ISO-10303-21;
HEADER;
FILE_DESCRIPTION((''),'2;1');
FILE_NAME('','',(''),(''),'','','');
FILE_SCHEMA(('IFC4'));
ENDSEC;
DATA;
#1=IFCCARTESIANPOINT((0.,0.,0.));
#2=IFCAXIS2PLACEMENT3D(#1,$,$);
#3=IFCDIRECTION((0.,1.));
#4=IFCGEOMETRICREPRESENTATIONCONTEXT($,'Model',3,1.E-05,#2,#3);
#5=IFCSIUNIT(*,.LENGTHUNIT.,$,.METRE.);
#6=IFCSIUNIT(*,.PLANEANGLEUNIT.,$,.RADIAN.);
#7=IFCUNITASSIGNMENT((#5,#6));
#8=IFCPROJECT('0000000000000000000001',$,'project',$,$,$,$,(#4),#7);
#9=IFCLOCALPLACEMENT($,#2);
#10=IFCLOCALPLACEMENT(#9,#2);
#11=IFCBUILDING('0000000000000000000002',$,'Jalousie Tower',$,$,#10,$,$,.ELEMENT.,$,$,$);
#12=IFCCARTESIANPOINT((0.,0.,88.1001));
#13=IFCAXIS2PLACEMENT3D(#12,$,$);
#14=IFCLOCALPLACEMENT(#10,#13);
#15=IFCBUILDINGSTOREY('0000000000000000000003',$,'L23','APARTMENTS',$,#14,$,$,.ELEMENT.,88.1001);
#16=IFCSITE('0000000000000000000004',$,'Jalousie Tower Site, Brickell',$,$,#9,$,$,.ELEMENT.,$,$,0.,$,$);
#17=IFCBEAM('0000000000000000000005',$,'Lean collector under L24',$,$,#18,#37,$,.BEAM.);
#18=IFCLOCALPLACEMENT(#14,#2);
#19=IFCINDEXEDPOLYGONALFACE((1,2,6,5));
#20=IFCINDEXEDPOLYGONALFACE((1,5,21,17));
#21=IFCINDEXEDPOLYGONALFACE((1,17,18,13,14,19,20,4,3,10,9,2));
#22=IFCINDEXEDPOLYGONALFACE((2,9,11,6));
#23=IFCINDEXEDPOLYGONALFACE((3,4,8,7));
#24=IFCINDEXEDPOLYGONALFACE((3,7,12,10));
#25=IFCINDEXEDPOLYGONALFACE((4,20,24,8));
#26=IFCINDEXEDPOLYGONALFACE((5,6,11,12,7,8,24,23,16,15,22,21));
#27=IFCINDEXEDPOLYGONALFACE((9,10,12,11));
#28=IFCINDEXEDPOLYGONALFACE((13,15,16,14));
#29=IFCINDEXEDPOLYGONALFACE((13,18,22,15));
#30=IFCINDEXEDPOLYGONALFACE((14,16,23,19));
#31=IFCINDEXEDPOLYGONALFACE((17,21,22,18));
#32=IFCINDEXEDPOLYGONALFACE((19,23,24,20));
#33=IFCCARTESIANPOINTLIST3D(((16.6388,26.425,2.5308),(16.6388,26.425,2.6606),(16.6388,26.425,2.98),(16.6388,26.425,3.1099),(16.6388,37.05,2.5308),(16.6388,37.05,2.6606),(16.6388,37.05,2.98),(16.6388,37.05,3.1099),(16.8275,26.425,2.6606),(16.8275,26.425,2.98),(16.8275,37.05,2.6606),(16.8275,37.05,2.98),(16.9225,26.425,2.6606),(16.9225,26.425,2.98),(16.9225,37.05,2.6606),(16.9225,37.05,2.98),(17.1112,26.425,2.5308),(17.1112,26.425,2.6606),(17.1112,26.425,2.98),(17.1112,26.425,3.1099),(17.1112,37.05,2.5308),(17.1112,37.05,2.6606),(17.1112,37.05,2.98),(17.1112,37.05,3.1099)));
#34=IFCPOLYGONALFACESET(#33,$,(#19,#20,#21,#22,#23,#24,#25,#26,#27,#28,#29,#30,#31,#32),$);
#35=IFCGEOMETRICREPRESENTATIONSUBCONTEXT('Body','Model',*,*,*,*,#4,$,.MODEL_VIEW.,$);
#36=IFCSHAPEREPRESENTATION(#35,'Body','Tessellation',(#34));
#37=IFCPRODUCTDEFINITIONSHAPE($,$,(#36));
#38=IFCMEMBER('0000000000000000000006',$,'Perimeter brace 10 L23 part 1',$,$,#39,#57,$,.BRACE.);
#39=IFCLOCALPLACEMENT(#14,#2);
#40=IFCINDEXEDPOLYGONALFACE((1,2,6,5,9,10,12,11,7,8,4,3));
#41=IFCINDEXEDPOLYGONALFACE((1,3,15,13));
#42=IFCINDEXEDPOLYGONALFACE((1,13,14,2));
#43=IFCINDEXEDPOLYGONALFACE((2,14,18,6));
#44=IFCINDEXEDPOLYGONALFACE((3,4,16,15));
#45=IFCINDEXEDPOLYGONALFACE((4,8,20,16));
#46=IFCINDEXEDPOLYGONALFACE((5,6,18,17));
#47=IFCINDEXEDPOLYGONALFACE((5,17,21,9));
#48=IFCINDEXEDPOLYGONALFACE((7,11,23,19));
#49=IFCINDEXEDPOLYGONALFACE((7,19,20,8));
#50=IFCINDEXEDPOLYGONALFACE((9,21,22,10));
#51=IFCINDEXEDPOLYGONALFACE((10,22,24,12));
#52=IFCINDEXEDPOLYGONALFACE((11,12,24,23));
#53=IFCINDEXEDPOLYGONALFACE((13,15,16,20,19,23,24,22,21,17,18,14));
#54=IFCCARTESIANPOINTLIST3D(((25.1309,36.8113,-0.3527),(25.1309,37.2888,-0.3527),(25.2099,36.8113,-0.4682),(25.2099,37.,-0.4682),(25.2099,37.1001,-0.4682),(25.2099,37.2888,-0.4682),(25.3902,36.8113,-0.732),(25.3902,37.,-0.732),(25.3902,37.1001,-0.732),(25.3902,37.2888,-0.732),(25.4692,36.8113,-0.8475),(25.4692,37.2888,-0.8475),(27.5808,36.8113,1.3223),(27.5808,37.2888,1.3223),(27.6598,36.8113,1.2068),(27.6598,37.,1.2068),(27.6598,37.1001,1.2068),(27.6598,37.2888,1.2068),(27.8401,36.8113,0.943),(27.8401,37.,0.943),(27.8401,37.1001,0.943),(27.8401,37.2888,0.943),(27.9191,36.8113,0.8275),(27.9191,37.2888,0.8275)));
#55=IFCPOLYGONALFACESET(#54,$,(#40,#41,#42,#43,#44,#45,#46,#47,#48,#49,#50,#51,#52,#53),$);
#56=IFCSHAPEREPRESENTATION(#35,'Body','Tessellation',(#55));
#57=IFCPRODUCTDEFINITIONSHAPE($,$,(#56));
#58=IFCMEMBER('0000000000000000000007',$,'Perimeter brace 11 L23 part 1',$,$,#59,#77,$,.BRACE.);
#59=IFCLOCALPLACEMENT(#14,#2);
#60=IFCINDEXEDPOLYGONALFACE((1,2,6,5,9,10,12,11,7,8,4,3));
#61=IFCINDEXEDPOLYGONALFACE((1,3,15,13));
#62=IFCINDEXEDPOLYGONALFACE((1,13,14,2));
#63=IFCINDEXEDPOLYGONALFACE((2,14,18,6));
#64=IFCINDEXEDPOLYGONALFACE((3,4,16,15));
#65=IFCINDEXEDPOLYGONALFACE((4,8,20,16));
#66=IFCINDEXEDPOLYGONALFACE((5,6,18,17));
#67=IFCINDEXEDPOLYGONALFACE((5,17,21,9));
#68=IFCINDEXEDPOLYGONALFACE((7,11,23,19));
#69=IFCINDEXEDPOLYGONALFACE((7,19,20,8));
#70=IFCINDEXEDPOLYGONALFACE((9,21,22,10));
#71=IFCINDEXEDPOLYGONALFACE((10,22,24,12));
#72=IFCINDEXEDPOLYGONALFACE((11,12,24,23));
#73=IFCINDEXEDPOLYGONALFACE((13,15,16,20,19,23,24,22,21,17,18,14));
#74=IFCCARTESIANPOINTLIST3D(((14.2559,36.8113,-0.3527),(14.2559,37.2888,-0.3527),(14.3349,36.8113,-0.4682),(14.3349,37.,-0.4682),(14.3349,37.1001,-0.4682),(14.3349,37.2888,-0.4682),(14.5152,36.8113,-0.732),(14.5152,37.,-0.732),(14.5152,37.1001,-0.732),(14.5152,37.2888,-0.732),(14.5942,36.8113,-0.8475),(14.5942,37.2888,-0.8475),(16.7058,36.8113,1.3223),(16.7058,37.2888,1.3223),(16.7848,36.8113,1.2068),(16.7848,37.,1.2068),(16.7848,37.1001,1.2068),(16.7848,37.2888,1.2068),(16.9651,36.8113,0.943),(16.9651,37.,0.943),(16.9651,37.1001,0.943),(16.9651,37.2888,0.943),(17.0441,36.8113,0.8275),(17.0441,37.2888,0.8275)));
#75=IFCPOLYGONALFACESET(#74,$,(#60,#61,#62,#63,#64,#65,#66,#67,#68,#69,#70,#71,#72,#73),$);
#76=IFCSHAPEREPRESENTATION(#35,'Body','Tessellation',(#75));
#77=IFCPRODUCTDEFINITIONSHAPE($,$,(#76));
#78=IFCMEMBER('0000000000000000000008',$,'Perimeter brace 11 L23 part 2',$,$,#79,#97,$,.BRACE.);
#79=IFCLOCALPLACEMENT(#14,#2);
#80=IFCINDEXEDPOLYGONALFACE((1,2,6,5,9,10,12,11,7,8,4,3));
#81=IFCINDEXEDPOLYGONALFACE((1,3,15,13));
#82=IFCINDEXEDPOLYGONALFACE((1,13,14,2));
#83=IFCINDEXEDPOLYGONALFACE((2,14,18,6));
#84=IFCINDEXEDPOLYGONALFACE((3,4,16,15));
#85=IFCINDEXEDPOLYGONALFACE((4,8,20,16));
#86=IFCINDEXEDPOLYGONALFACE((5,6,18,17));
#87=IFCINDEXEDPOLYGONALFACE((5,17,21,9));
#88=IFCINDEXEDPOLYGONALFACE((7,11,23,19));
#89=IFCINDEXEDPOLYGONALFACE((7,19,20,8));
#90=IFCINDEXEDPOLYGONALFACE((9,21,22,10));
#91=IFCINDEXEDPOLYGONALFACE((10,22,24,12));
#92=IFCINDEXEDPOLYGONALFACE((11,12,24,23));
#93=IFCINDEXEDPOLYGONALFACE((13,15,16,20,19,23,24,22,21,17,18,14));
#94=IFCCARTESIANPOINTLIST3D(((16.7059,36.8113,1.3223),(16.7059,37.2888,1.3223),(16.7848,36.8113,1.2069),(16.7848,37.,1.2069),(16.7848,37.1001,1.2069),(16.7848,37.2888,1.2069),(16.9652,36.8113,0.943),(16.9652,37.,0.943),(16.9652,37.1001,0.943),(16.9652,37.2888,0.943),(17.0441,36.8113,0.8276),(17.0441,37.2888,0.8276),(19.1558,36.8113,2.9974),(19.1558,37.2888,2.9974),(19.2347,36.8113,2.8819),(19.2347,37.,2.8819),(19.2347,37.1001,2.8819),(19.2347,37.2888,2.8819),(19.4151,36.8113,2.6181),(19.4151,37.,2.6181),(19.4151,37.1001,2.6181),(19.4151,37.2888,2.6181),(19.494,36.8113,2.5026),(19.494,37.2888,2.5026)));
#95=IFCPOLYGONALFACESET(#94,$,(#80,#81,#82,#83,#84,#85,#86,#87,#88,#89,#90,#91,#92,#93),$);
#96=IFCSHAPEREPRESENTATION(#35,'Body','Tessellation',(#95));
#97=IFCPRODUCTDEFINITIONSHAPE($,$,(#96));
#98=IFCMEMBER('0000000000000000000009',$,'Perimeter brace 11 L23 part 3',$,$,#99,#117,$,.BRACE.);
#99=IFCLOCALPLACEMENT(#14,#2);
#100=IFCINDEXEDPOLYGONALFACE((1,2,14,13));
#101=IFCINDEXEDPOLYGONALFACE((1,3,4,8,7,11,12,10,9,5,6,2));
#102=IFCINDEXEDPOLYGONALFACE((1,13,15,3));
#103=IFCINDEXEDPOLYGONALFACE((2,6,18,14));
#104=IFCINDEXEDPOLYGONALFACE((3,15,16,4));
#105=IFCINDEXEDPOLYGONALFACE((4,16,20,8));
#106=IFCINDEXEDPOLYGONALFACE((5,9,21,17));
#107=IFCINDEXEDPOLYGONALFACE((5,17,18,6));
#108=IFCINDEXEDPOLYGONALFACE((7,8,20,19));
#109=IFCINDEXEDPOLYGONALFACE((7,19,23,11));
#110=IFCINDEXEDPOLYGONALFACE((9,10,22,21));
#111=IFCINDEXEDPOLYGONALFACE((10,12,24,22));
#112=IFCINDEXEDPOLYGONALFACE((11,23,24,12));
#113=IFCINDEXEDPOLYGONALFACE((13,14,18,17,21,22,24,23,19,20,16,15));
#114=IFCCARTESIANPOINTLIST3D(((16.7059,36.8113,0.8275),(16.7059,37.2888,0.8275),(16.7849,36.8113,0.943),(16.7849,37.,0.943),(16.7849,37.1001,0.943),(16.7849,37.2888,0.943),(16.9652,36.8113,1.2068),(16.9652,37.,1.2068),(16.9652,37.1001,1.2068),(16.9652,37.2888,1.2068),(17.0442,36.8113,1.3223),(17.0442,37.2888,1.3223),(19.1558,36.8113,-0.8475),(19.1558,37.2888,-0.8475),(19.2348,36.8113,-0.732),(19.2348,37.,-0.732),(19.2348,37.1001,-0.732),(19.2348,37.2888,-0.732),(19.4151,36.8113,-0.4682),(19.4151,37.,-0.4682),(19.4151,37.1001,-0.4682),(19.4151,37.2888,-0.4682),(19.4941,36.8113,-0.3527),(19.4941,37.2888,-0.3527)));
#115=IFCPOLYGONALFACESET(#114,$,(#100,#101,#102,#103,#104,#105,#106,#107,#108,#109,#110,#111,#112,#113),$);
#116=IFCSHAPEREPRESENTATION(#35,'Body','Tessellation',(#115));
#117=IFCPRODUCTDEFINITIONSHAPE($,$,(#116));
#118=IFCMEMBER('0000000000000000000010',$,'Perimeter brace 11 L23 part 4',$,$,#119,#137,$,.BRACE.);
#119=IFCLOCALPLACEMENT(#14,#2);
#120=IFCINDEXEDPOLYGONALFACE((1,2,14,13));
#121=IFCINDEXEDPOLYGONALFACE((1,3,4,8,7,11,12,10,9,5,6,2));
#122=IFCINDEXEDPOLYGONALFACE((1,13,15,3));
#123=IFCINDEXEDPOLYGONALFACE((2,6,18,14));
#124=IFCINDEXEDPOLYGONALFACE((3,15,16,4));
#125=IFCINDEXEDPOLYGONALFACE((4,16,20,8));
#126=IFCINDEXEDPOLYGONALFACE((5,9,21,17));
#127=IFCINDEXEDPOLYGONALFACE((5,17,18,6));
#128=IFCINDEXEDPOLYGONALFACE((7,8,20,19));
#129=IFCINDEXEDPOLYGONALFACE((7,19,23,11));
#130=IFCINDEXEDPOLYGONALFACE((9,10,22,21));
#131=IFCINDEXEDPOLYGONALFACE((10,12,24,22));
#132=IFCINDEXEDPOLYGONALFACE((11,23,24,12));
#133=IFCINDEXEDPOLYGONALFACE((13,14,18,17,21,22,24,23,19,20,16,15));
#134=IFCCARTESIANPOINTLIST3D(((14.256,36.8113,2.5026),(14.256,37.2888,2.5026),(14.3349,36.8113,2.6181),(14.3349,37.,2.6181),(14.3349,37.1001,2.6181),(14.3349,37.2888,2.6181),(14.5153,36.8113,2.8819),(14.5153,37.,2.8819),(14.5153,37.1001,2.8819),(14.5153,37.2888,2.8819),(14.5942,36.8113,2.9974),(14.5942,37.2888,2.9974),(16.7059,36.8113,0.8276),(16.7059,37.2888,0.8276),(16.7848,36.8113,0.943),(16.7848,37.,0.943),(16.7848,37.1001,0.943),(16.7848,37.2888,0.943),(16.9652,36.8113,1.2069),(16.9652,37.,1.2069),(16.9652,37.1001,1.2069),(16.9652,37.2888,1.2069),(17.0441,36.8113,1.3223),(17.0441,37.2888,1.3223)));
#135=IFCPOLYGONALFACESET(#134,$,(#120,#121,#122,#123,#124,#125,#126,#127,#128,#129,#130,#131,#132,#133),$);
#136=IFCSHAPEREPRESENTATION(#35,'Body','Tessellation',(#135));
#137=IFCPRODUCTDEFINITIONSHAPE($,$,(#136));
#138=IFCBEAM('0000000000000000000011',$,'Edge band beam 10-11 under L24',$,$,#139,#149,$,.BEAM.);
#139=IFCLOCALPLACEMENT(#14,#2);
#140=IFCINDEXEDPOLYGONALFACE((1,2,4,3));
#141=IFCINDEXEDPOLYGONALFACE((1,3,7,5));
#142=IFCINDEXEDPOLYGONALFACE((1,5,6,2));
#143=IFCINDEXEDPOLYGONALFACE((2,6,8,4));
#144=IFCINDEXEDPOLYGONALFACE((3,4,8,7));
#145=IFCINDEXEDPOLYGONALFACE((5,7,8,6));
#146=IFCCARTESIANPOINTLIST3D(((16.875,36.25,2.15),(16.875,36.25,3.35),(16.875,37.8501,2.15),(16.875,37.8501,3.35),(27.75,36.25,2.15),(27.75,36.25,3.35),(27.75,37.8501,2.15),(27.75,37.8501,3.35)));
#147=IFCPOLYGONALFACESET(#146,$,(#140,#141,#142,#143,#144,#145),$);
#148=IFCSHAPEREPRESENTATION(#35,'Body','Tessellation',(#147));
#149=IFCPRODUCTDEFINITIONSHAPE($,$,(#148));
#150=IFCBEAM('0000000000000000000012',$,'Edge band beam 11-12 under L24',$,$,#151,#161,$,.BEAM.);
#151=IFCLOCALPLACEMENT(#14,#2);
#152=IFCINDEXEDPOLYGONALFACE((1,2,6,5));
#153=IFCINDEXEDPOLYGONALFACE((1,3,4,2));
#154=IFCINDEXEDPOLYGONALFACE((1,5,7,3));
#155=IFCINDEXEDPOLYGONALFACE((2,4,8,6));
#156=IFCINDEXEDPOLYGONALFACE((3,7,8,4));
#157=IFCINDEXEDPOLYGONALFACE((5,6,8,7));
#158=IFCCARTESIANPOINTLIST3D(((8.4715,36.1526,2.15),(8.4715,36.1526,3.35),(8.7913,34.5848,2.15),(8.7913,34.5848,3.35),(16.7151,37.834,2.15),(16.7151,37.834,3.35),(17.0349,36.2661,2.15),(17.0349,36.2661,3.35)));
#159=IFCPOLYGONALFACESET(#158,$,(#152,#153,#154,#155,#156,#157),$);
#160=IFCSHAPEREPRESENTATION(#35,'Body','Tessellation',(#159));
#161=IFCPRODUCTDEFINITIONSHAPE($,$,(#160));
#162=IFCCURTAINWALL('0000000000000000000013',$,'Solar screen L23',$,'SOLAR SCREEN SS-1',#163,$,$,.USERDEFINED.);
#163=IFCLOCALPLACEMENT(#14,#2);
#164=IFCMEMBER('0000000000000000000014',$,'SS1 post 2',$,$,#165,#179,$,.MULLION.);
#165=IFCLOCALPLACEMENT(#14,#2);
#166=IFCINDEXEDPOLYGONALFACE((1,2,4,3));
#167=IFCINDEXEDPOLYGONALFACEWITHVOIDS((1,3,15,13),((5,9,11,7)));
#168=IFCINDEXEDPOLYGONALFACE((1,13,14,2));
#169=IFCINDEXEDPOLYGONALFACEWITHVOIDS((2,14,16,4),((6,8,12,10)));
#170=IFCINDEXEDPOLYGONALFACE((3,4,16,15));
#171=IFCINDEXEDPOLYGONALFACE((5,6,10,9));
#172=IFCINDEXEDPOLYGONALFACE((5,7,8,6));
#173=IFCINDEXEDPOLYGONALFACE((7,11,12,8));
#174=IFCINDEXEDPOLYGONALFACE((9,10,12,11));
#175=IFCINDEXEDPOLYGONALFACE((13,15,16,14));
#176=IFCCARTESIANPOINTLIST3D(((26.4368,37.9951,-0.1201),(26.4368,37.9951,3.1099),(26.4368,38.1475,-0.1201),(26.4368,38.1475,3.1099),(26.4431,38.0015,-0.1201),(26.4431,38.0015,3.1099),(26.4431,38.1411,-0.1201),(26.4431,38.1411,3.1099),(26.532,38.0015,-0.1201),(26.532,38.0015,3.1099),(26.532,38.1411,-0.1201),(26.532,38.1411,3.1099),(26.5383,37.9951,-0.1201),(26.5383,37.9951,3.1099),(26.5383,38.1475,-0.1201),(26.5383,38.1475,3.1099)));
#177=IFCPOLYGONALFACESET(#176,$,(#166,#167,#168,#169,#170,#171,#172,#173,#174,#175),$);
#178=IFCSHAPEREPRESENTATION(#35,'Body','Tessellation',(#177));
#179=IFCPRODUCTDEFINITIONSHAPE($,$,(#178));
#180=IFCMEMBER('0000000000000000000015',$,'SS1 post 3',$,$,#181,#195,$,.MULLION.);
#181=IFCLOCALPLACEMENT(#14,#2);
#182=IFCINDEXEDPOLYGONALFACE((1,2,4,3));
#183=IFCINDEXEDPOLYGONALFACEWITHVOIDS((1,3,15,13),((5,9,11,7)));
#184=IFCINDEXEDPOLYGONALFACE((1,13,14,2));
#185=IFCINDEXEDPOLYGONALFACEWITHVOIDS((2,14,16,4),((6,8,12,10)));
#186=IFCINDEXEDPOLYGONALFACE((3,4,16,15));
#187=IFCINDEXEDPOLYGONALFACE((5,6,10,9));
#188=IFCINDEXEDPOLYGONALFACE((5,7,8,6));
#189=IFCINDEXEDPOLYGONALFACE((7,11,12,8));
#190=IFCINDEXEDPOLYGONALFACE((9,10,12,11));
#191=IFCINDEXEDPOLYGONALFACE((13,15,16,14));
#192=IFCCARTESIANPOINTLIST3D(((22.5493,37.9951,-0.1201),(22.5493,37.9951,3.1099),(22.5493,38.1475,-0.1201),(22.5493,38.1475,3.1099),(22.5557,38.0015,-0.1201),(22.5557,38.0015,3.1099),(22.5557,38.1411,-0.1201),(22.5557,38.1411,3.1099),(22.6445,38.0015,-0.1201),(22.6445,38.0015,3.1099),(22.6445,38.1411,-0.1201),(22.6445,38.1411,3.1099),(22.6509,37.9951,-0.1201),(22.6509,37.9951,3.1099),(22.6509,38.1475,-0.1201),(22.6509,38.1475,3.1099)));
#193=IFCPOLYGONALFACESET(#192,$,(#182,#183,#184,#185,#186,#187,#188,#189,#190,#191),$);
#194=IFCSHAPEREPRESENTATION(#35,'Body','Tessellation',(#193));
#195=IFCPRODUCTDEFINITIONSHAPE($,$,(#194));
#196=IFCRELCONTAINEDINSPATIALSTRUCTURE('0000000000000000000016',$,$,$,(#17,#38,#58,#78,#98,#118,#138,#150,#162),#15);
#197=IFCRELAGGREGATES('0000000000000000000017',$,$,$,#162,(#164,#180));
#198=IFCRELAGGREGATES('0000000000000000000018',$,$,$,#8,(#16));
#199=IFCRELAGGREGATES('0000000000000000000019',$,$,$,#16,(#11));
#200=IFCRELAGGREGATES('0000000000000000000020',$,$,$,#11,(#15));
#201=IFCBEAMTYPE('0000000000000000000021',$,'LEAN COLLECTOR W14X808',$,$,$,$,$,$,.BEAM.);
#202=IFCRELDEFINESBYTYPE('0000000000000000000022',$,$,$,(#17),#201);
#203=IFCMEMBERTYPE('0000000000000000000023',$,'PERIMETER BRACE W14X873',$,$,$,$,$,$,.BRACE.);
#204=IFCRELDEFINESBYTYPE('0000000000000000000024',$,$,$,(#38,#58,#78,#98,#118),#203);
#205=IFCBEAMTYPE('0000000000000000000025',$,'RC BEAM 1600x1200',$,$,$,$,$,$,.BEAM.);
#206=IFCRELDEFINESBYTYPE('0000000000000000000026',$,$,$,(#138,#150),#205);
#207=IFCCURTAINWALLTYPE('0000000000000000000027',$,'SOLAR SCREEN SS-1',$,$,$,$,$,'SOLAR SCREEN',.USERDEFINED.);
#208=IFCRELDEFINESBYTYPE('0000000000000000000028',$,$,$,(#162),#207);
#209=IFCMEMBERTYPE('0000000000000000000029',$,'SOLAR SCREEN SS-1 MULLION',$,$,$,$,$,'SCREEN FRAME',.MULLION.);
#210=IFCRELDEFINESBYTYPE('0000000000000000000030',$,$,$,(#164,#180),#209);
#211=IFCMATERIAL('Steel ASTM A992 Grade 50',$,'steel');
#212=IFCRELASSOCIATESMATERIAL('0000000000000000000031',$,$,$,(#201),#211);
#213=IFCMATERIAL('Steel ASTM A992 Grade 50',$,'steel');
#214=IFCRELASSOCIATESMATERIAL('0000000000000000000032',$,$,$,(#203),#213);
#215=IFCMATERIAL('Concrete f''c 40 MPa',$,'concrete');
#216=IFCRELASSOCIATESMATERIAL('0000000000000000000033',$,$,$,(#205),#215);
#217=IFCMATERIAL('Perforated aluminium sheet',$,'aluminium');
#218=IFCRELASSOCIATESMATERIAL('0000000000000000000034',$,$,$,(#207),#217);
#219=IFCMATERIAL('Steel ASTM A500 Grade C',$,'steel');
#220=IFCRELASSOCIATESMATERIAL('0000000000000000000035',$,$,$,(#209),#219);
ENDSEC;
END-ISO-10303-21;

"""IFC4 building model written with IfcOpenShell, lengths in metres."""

from ifc_helpers import new_model, si_unit, direction, frame, origin, origin_2d, place, context, subcontext, project, spatial, rectangle, hollow_rectangle, i_section, extrude, material, material_profile, profile_set, type_object, element, aggregate, save


model = new_model("IFC4")

# Units and contexts
model_context = context("Model", 3, precision=1e-05, world=origin(), true_north=direction((0.0, 1.0)))
body_context = subcontext(model_context, "Body", "Model", "MODEL_VIEW")
ifc_project = project(units=[si_unit("LENGTHUNIT", "METRE"), si_unit("PLANEANGLEUNIT", "RADIAN")], contexts=[model_context])

# Site, building, storey
site_placement = place(None, origin())
site = spatial("IfcSite", under=ifc_project, at=site_placement, Name="Jalousie Tower Site, Brickell", CompositionType="ELEMENT", RefElevation=0.0)
building_placement = place(site_placement, origin())
building = spatial("IfcBuilding", under=site, at=building_placement, Name="Jalousie Tower", CompositionType="ELEMENT")
storey_placement = place(building_placement, frame((0.0, 0.0, 88.1001)))
storey = spatial("IfcBuildingStorey", under=building, at=storey_placement, Name="L23", Description="APARTMENTS", CompositionType="ELEMENT", Elevation=88.1001)

# Beam
ifc_material_1 = material(Name="Steel ASTM A992 Grade 50", Category="steel")
ifc_material_profile_1 = material_profile(ifc_material_1, i_section(OverallWidth=0.4724, OverallDepth=0.5791, WebThickness=0.095, FlangeThickness=0.1299, at=origin_2d()), Name="W14X808")
ifc_profile_set_1 = profile_set([ifc_material_profile_1], Name="Steel ASTM A992 Grade 50")
beam_type_1 = type_object("IfcBeamType", Name="LEAN COLLECTOR W14X808", PredefinedType="BEAM", material=ifc_profile_set_1)
beam_1_placement = place(storey_placement, frame((16.875, 37.05, 2.8203), z_axis=(0.0, -1.0, 0.0), x_axis=(1.0, 0.0, 0.0)))
element("IfcBeam", 1, at=beam_1_placement, inside=storey, type_object=beam_type_1, Name="Lean collector under L24", PredefinedType="BEAM", context=body_context, shape_type="SweptSolid", body=[
    extrude(i_section(OverallWidth=0.4724, OverallDepth=0.5791, WebThickness=0.095, FlangeThickness=0.1299, at=origin_2d()), origin(), (0.0, 0.0, 1.0), 10.625),
])

# Members
ifc_material_2 = material(Name="Steel ASTM A992 Grade 50", Category="steel")
ifc_material_profile_2 = material_profile(ifc_material_2, i_section(OverallWidth=0.4775, OverallDepth=0.5994, WebThickness=0.1001, FlangeThickness=0.1399, at=origin_2d()), Name="W14X873")
ifc_profile_set_2 = profile_set([ifc_material_profile_2], Name="Steel ASTM A992 Grade 50")
member_type_1 = type_object("IfcMemberType", Name="PERIMETER BRACE W14X873", PredefinedType="BRACE", material=ifc_profile_set_2)
for number, where, z_axis, x_axis, name in (
    (2, (25.3, 37.05, -0.6001), (0.825501, 0.0, 0.564401), (0.0, 1.0, 0.0), "Perimeter brace 10 L23 part 1"),
    (3, (14.425, 37.05, -0.6001), (0.825501, 0.0, 0.564401), (0.0, 1.0, 0.0), "Perimeter brace 11 L23 part 1"),
    (4, (16.875, 37.05, 1.075), (0.825501, 0.0, 0.564401), (0.0, 1.0, 0.0), "Perimeter brace 11 L23 part 2"),
    (5, (19.325, 37.05, -0.6001), (-0.825501, 0.0, 0.564401), (0.0, -1.0, 0.0), "Perimeter brace 11 L23 part 3"),
    (6, (16.875, 37.05, 1.075), (-0.825501, 0.0, 0.564401), (0.0, -1.0, 0.0), "Perimeter brace 11 L23 part 4"),
):
    element("IfcMember", number, at=place(storey_placement, frame(where, z_axis=z_axis, x_axis=x_axis)), inside=storey, type_object=member_type_1, Name=name, PredefinedType="BRACE", context=body_context, shape_type="SweptSolid", body=[
        extrude(i_section(OverallWidth=0.4775, OverallDepth=0.5994, WebThickness=0.1001, FlangeThickness=0.1399, at=origin_2d()), origin(), (0.0, 0.0, 1.0), 2.9678),
    ])

# Beams
ifc_material_3 = material(Name="Concrete f'c 40 MPa", Category="concrete")
ifc_material_profile_3 = material_profile(ifc_material_3, rectangle(XDim=1.6001, YDim=1.2, at=origin_2d()), Name="RC 1600x1200")
ifc_profile_set_3 = profile_set([ifc_material_profile_3], Name="Concrete f'c 40 MPa")
beam_type_2 = type_object("IfcBeamType", Name="RC BEAM 1600x1200", PredefinedType="BEAM", material=ifc_profile_set_3)
beam_2_placement = place(storey_placement, frame((27.75, 37.05, 2.75), z_axis=(-1.0, 0.0, 0.0), x_axis=(0.0, -1.0, 0.0)))
element("IfcBeam", 7, at=beam_2_placement, inside=storey, type_object=beam_type_2, Name="Edge band beam 10-11 under L24", PredefinedType="BEAM", context=body_context, shape_type="SweptSolid", body=[
    extrude(rectangle(XDim=1.6001, YDim=1.2, at=origin_2d()), origin(), (0.0, 0.0, 1.0), 10.875),
])
beam_3_placement = place(storey_placement, frame((16.875, 37.05, 2.75), z_axis=(-0.979827, -0.199848, 0.0), x_axis=(0.199848, -0.979827, 0.0)))
element("IfcBeam", 8, at=beam_3_placement, inside=storey, type_object=beam_type_2, Name="Edge band beam 11-12 under L24", PredefinedType="BEAM", context=body_context, shape_type="SweptSolid", body=[
    extrude(rectangle(XDim=1.6001, YDim=1.2, at=origin_2d()), origin(), (0.0, 0.0, 1.0), 8.4133),
])

# Curtain wall, members
ifc_material_4 = material(Name="Perforated aluminium sheet", Category="aluminium")
curtain_wall_type = type_object("IfcCurtainWallType", Name="SOLAR SCREEN SS-1", ElementType="SOLAR SCREEN", PredefinedType="USERDEFINED", material=ifc_material_4)
curtain_wall_1_placement = place(storey_placement, origin())
curtain_wall_1 = element("IfcCurtainWall", 9, at=curtain_wall_1_placement, inside=storey, type_object=curtain_wall_type, Name="Solar screen L23", ObjectType="SOLAR SCREEN SS-1", PredefinedType="USERDEFINED")
ifc_material_5 = material(Name="Steel ASTM A500 Grade C", Category="steel")
ifc_material_profile_4 = material_profile(ifc_material_5, hollow_rectangle(XDim=0.1016, YDim=0.1523, WallThickness=0.0063, at=origin_2d()), Name="HSS6X4X1/4")
ifc_profile_set_4 = profile_set([ifc_material_profile_4], Name="Steel ASTM A500 Grade C")
member_type_2 = type_object("IfcMemberType", Name="SOLAR SCREEN SS-1 MULLION", ElementType="SCREEN FRAME", PredefinedType="MULLION", material=ifc_profile_set_4)
member_1_placement = place(storey_placement, frame((26.4875, 38.0713, -0.1201), z_axis=(0.0, 0.0, 1.0), x_axis=(-1.0, 0.0, 0.0)))
member_1 = element("IfcMember", 10, at=member_1_placement, type_object=member_type_2, Name="SS1 post 2", PredefinedType="MULLION", context=body_context, shape_type="SweptSolid", body=[
    extrude(hollow_rectangle(XDim=0.1016, YDim=0.1523, WallThickness=0.0063, at=origin_2d()), origin(), (0.0, 0.0, 1.0), 3.23),
])
member_2_placement = place(storey_placement, frame((22.6001, 38.0713, -0.1201), z_axis=(0.0, 0.0, 1.0), x_axis=(-1.0, 0.0, 0.0)))
member_2 = element("IfcMember", 11, at=member_2_placement, type_object=member_type_2, Name="SS1 post 3", PredefinedType="MULLION", context=body_context, shape_type="SweptSolid", body=[
    extrude(hollow_rectangle(XDim=0.1016, YDim=0.1523, WallThickness=0.0063, at=origin_2d()), origin(), (0.0, 0.0, 1.0), 3.23),
])

aggregate(curtain_wall_1, [member_1, member_2])

save(model, "model.ifc")
